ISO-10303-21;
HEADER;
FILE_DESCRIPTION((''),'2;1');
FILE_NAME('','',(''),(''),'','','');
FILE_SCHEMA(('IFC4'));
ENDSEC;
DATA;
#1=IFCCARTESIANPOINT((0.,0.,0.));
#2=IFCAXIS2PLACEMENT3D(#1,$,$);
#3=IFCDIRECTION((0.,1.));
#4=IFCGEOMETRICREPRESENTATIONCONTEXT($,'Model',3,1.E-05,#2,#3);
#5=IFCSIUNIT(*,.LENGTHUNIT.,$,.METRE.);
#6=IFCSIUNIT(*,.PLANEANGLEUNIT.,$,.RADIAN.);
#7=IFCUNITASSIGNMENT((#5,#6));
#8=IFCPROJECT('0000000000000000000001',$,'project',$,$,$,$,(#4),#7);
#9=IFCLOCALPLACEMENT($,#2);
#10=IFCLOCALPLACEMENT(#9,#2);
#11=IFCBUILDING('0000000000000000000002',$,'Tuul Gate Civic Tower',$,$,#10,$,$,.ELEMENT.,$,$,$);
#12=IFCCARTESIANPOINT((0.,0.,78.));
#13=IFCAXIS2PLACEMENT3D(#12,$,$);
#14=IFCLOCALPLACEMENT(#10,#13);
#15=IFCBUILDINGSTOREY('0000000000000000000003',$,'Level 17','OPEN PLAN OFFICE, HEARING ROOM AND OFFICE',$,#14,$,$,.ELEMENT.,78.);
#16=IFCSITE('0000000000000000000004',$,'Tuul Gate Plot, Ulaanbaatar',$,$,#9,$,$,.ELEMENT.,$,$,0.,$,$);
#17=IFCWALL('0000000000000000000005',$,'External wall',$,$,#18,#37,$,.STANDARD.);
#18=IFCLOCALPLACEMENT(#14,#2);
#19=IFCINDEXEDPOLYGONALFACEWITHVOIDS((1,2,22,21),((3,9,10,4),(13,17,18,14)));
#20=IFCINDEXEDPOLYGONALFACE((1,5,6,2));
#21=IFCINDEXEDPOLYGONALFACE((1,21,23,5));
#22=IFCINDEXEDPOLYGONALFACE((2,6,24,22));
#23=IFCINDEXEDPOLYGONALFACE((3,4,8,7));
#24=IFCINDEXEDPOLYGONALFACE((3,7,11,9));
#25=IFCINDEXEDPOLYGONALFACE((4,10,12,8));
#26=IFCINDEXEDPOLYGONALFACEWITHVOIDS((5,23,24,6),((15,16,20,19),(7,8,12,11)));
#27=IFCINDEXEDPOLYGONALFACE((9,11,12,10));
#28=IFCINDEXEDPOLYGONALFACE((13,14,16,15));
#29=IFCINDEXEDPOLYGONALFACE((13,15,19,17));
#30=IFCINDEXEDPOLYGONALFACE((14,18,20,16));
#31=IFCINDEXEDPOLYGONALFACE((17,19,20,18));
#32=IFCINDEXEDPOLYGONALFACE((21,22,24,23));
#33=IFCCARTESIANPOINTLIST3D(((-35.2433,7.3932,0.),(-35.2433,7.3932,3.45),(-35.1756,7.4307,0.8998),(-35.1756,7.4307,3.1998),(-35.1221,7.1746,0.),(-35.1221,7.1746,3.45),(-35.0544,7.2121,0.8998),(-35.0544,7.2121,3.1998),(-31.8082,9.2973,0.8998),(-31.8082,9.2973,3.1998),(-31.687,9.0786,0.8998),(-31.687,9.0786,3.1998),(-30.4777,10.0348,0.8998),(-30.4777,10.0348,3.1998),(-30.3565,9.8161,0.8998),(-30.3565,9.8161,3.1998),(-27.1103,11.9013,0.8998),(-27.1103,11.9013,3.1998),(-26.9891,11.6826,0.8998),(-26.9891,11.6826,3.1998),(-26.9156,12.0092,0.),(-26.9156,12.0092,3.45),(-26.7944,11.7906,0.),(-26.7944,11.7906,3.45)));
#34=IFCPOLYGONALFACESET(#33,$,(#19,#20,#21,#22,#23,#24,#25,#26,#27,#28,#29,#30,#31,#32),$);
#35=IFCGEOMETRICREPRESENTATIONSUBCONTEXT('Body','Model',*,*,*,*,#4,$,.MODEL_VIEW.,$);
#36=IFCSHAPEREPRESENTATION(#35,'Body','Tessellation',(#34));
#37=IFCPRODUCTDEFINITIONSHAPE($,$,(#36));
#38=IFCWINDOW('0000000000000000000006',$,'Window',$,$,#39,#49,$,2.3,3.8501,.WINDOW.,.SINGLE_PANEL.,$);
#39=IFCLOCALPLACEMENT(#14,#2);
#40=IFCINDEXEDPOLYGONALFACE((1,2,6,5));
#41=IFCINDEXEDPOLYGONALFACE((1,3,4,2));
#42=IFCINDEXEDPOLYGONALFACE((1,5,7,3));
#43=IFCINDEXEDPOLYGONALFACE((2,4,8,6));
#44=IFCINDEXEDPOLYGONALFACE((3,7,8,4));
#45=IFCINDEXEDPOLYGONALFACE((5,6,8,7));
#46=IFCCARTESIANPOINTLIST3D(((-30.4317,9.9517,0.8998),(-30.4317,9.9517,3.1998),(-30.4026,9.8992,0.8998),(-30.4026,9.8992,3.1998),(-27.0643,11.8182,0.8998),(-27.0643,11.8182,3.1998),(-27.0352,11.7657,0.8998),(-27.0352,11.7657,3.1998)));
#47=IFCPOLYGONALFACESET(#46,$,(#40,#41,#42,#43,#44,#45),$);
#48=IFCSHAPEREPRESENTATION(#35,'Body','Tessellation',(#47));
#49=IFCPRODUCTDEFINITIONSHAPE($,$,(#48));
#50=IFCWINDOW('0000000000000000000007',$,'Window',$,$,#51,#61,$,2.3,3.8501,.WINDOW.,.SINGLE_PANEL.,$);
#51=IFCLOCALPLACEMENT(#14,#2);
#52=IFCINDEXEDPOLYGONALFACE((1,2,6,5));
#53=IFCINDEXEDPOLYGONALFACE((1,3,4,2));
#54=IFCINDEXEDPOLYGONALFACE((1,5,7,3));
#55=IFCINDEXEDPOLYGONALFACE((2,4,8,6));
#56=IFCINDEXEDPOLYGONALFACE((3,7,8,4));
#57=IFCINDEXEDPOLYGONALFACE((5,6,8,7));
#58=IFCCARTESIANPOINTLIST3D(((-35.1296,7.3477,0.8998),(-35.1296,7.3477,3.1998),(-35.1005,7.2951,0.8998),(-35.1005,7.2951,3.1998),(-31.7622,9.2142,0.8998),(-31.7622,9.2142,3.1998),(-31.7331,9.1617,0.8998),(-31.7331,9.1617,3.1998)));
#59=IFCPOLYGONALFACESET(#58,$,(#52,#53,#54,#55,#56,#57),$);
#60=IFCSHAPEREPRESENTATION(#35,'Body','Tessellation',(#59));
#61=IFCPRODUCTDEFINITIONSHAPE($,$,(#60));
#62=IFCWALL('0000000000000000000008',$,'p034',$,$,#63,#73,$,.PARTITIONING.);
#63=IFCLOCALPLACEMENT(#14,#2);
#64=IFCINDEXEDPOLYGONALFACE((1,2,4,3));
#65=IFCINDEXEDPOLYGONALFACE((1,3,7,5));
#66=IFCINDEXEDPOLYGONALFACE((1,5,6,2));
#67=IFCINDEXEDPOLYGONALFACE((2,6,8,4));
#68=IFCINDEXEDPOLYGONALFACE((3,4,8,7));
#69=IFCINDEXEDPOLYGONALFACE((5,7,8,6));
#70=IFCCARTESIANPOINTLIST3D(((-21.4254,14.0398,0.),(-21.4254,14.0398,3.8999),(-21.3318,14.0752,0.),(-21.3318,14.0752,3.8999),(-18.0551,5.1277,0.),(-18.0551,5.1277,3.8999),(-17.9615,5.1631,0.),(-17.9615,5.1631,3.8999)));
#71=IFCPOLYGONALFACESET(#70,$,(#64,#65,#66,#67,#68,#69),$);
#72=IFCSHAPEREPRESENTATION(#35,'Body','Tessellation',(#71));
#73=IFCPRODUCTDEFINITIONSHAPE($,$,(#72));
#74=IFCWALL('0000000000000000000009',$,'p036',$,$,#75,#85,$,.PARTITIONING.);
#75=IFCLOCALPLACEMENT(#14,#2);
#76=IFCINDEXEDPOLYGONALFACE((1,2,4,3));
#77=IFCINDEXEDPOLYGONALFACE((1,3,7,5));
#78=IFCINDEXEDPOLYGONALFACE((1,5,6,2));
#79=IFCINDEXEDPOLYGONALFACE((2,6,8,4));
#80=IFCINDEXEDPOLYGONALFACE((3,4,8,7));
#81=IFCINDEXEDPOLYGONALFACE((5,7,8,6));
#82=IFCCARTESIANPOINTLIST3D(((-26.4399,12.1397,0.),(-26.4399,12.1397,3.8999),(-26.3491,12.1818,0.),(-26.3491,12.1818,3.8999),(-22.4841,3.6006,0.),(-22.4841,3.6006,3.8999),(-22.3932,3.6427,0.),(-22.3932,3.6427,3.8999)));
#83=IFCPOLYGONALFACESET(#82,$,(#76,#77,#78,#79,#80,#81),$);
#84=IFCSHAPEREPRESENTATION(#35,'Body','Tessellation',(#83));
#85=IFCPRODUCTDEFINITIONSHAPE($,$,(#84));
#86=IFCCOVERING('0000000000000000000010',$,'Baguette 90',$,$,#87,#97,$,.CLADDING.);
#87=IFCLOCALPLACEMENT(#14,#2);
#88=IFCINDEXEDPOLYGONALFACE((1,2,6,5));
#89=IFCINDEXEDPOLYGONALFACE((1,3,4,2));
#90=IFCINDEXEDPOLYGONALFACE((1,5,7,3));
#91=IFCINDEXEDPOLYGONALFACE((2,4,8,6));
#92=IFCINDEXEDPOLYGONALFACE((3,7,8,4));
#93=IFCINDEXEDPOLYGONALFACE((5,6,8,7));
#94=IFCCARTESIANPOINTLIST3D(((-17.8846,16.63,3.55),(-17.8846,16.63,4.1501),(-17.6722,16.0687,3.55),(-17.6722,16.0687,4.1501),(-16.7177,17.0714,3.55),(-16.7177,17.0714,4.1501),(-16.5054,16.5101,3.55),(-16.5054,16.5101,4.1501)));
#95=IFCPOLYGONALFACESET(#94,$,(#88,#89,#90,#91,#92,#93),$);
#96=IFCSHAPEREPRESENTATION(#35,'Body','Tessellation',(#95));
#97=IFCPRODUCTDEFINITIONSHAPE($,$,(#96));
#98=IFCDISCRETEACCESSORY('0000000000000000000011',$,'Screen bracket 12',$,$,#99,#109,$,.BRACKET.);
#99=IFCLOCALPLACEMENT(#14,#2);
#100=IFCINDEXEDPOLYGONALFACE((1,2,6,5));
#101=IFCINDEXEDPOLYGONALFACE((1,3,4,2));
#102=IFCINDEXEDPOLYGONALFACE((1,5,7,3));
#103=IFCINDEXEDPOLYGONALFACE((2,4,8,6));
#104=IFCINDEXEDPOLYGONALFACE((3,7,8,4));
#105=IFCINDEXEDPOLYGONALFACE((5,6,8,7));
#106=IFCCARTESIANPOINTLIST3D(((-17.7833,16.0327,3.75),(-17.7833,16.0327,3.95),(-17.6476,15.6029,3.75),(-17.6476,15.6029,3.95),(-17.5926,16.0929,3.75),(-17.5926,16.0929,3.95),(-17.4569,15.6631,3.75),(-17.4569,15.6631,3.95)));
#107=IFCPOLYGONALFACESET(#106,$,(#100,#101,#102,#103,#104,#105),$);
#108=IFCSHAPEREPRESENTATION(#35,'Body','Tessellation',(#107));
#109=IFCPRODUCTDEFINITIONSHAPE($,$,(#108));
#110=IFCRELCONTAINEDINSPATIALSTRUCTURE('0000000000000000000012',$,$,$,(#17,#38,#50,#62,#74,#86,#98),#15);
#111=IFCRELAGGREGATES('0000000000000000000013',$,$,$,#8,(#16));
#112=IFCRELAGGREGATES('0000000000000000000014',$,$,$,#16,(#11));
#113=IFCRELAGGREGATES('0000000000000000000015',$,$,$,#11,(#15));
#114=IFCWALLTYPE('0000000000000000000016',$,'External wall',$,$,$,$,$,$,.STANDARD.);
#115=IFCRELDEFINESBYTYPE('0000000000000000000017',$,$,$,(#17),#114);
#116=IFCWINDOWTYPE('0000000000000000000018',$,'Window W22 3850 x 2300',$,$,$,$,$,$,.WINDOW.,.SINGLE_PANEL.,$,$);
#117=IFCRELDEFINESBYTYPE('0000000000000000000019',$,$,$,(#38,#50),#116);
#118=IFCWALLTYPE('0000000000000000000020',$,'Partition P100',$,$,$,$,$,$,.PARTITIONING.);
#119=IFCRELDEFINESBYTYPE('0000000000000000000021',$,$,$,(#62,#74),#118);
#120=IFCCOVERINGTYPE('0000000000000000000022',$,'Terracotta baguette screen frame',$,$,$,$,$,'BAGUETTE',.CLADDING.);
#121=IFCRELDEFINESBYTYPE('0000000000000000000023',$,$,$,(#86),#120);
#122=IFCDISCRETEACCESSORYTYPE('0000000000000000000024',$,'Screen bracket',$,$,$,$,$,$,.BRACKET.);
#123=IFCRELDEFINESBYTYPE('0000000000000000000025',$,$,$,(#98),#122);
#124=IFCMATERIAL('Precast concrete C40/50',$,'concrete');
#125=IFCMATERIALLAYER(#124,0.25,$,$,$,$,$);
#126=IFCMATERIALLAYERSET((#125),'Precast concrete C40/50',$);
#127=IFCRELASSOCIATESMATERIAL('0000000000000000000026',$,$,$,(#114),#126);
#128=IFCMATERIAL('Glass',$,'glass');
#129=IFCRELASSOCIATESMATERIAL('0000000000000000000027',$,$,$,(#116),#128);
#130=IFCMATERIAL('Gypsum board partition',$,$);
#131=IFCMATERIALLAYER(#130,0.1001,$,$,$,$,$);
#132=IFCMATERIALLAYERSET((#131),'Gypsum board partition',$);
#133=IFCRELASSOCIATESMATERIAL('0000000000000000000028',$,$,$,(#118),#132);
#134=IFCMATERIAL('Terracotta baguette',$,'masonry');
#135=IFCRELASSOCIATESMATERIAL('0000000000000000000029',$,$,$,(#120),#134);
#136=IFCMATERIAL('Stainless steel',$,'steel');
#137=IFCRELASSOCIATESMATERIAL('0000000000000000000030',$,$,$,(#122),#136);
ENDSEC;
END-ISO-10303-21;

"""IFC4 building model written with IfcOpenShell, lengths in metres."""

from ifc_helpers import new_model, si_unit, direction, frame, frame_2d, origin, origin_2d, place, context, subcontext, project, spatial, rectangle, extrude, material, layer, layer_set, material_profile, profile_set, type_object, element, fill, save


model = new_model("IFC4")

# Units and contexts
model_context = context("Model", 3, precision=1e-05, world=origin(), true_north=direction((0.0, 1.0)))
body_context = subcontext(model_context, "Body", "Model", "MODEL_VIEW")
ifc_project = project(units=[si_unit("LENGTHUNIT", "METRE"), si_unit("PLANEANGLEUNIT", "RADIAN")], contexts=[model_context])

# Site, building, storey
site_placement = place(None, origin())
site = spatial("IfcSite", under=ifc_project, at=site_placement, Name="Tuul Gate Plot, Ulaanbaatar", CompositionType="ELEMENT", RefElevation=0.0)
building_placement = place(site_placement, origin())
building = spatial("IfcBuilding", under=site, at=building_placement, Name="Tuul Gate Civic Tower", CompositionType="ELEMENT")
storey_placement = place(building_placement, frame((0.0, 0.0, 78.0)))
storey = spatial("IfcBuildingStorey", under=building, at=storey_placement, Name="Level 17", Description="OPEN PLAN OFFICE, HEARING ROOM AND OFFICE", CompositionType="ELEMENT", Elevation=78.0)

# Wall, openings, windows
ifc_material_1 = material(Name="Precast concrete C40/50", Category="concrete")
ifc_layer_1 = layer(ifc_material_1, 0.25)
ifc_layer_set_1 = layer_set([ifc_layer_1], Name="Precast concrete C40/50")
wall_type_1 = type_object("IfcWallType", Name="External wall", PredefinedType="STANDARD", material=ifc_layer_set_1)
ifc_material_2 = material(Name="Glass", Category="glass")
window_type_1 = type_object("IfcWindowType", Name="Window W22 3850 x 2300", PartitioningType="SINGLE_PANEL", PredefinedType="WINDOW", material=ifc_material_2)
wall_1_placement = place(storey_placement, frame((-26.855, 11.8999, 0.0), z_axis=(0.0, 0.0, 1.0), x_axis=(-0.874625, -0.4848, 0.0)))
wall_1 = element("IfcWall", 1, at=wall_1_placement, inside=storey, type_object=wall_type_1, Name="External wall", PredefinedType="STANDARD", context=body_context, shape_type="SweptSolid", body=[
    extrude(rectangle(XDim=9.5215, YDim=0.25, at=frame_2d((4.7607, 0.0))), origin(), (0.0, 0.0, 1.0), 3.45),
])
opening_1_placement = place(wall_1_placement, frame((0.2227, 0.0, 0.8999)))
opening_1 = element("IfcOpeningElement", 2, at=opening_1_placement, cuts=wall_1, PredefinedType="OPENING", context=body_context, shape_type="SweptSolid", body=[
    extrude(rectangle(XDim=3.8501, YDim=2.3, at=frame_2d((1.925, 1.1499))), frame((0.0, 0.135, 0.0), z_axis=(0.0, -1.0, 0.0), x_axis=(1.0, 0.0, 0.0)), (0.0, 0.0, 1.0), 0.27),
])
opening_2_placement = place(wall_1_placement, frame((5.594, 0.0, 0.8999)))
opening_2 = element("IfcOpeningElement", 3, at=opening_2_placement, cuts=wall_1, PredefinedType="OPENING", context=body_context, shape_type="SweptSolid", body=[
    extrude(rectangle(XDim=3.8501, YDim=2.3, at=frame_2d((1.925, 1.1499))), frame((0.0, 0.135, 0.0), z_axis=(0.0, -1.0, 0.0), x_axis=(1.0, 0.0, 0.0)), (0.0, 0.0, 1.0), 0.27),
])
window_1_placement = place(opening_1_placement, origin())
window_1 = element("IfcWindow", 4, at=window_1_placement, inside=storey, type_object=window_type_1, Name="Window", OverallHeight=2.3, OverallWidth=3.8501, PartitioningType="SINGLE_PANEL", PredefinedType="WINDOW", context=body_context, shape_type="SweptSolid", body=[
    extrude(rectangle(XDim=3.8501, YDim=2.3, at=frame_2d((1.925, 1.1499))), frame((0.0, 0.03, 0.0), z_axis=(0.0, -1.0, 0.0), x_axis=(1.0, 0.0, 0.0)), (0.0, 0.0, 1.0), 0.0601),
])
fill(opening_1, window_1)
window_2_placement = place(opening_2_placement, origin())
window_2 = element("IfcWindow", 5, at=window_2_placement, inside=storey, type_object=window_type_1, Name="Window", OverallHeight=2.3, OverallWidth=3.8501, PartitioningType="SINGLE_PANEL", PredefinedType="WINDOW", context=body_context, shape_type="SweptSolid", body=[
    extrude(rectangle(XDim=3.8501, YDim=2.3, at=frame_2d((1.925, 1.1499))), frame((0.0, 0.03, 0.0), z_axis=(0.0, -1.0, 0.0), x_axis=(1.0, 0.0, 0.0)), (0.0, 0.0, 1.0), 0.0601),
])
fill(opening_2, window_2)

# Walls
ifc_material_3 = material(Name="Gypsum board partition")
ifc_layer_2 = layer(ifc_material_3, 0.1001)
ifc_layer_set_2 = layer_set([ifc_layer_2], Name="Gypsum board partition")
wall_type_2 = type_object("IfcWallType", Name="Partition P100", PredefinedType="PARTITIONING", material=ifc_layer_set_2)
wall_2_placement = place(storey_placement, frame((-21.3787, 14.0576, 0.0), z_axis=(0.0, 0.0, 1.0), x_axis=(0.353728, -0.935348, 0.0)))
element("IfcWall", 6, at=wall_2_placement, inside=storey, type_object=wall_type_2, Name="p034", PredefinedType="PARTITIONING", context=body_context, shape_type="SweptSolid", body=[
    extrude(rectangle(XDim=9.5281, YDim=0.1001, at=frame_2d((4.7642, 0.0))), origin(), (0.0, 0.0, 1.0), 3.8999),
])
wall_3_placement = place(storey_placement, frame((-26.3945, 12.1609, 0.0), z_axis=(0.0, 0.0, 1.0), x_axis=(0.420346, -0.907364, 0.0)))
element("IfcWall", 7, at=wall_3_placement, inside=storey, type_object=wall_type_2, Name="p036", PredefinedType="PARTITIONING", context=body_context, shape_type="SweptSolid", body=[
    extrude(rectangle(XDim=9.4109, YDim=0.1001, at=frame_2d((4.7056, 0.0))), origin(), (0.0, 0.0, 1.0), 3.8999),
])

# Covering
ifc_material_4 = material(Name="Terracotta baguette", Category="masonry")
ifc_material_profile_1 = material_profile(ifc_material_4, rectangle(XDim=0.6001, YDim=0.6001, at=origin_2d()), Name="Terracotta baguette screen frame")
ifc_profile_set_1 = profile_set([ifc_material_profile_1], Name="Terracotta baguette")
covering_type = type_object("IfcCoveringType", Name="Terracotta baguette screen frame", ElementType="BAGUETTE", PredefinedType="CLADDING", material=ifc_profile_set_1)
covering_placement = place(storey_placement, frame((-16.6116, 16.7908, 3.8501), z_axis=(-0.935304, -0.353846, 0.0), x_axis=(0.353846, -0.935304, 0.0)))
element("IfcCovering", 8, at=covering_placement, inside=storey, type_object=covering_type, Name="Baguette 90", PredefinedType="CLADDING", context=body_context, shape_type="SweptSolid", body=[
    extrude(rectangle(XDim=0.6001, YDim=0.6001, at=origin_2d()), origin(), (0.0, 0.0, 1.0), 1.2476),
])

# Discrete accessory
ifc_material_5 = material(Name="Stainless steel", Category="steel")
discrete_accessory_type = type_object("IfcDiscreteAccessoryType", Name="Screen bracket", PredefinedType="BRACKET", material=ifc_material_5)
discrete_accessory_placement = place(storey_placement, frame((-17.6201, 15.8479, 3.75), z_axis=(0.0, 0.0, 1.0), x_axis=(-0.301077, 0.9536, 0.0)))
element("IfcDiscreteAccessory", 9, at=discrete_accessory_placement, inside=storey, type_object=discrete_accessory_type, Name="Screen bracket 12", PredefinedType="BRACKET", context=body_context, shape_type="SweptSolid", body=[
    extrude(rectangle(XDim=0.4507, YDim=0.2, at=origin_2d()), origin(), (0.0, 0.0, 1.0), 0.2),
])

save(model, "model.ifc")
